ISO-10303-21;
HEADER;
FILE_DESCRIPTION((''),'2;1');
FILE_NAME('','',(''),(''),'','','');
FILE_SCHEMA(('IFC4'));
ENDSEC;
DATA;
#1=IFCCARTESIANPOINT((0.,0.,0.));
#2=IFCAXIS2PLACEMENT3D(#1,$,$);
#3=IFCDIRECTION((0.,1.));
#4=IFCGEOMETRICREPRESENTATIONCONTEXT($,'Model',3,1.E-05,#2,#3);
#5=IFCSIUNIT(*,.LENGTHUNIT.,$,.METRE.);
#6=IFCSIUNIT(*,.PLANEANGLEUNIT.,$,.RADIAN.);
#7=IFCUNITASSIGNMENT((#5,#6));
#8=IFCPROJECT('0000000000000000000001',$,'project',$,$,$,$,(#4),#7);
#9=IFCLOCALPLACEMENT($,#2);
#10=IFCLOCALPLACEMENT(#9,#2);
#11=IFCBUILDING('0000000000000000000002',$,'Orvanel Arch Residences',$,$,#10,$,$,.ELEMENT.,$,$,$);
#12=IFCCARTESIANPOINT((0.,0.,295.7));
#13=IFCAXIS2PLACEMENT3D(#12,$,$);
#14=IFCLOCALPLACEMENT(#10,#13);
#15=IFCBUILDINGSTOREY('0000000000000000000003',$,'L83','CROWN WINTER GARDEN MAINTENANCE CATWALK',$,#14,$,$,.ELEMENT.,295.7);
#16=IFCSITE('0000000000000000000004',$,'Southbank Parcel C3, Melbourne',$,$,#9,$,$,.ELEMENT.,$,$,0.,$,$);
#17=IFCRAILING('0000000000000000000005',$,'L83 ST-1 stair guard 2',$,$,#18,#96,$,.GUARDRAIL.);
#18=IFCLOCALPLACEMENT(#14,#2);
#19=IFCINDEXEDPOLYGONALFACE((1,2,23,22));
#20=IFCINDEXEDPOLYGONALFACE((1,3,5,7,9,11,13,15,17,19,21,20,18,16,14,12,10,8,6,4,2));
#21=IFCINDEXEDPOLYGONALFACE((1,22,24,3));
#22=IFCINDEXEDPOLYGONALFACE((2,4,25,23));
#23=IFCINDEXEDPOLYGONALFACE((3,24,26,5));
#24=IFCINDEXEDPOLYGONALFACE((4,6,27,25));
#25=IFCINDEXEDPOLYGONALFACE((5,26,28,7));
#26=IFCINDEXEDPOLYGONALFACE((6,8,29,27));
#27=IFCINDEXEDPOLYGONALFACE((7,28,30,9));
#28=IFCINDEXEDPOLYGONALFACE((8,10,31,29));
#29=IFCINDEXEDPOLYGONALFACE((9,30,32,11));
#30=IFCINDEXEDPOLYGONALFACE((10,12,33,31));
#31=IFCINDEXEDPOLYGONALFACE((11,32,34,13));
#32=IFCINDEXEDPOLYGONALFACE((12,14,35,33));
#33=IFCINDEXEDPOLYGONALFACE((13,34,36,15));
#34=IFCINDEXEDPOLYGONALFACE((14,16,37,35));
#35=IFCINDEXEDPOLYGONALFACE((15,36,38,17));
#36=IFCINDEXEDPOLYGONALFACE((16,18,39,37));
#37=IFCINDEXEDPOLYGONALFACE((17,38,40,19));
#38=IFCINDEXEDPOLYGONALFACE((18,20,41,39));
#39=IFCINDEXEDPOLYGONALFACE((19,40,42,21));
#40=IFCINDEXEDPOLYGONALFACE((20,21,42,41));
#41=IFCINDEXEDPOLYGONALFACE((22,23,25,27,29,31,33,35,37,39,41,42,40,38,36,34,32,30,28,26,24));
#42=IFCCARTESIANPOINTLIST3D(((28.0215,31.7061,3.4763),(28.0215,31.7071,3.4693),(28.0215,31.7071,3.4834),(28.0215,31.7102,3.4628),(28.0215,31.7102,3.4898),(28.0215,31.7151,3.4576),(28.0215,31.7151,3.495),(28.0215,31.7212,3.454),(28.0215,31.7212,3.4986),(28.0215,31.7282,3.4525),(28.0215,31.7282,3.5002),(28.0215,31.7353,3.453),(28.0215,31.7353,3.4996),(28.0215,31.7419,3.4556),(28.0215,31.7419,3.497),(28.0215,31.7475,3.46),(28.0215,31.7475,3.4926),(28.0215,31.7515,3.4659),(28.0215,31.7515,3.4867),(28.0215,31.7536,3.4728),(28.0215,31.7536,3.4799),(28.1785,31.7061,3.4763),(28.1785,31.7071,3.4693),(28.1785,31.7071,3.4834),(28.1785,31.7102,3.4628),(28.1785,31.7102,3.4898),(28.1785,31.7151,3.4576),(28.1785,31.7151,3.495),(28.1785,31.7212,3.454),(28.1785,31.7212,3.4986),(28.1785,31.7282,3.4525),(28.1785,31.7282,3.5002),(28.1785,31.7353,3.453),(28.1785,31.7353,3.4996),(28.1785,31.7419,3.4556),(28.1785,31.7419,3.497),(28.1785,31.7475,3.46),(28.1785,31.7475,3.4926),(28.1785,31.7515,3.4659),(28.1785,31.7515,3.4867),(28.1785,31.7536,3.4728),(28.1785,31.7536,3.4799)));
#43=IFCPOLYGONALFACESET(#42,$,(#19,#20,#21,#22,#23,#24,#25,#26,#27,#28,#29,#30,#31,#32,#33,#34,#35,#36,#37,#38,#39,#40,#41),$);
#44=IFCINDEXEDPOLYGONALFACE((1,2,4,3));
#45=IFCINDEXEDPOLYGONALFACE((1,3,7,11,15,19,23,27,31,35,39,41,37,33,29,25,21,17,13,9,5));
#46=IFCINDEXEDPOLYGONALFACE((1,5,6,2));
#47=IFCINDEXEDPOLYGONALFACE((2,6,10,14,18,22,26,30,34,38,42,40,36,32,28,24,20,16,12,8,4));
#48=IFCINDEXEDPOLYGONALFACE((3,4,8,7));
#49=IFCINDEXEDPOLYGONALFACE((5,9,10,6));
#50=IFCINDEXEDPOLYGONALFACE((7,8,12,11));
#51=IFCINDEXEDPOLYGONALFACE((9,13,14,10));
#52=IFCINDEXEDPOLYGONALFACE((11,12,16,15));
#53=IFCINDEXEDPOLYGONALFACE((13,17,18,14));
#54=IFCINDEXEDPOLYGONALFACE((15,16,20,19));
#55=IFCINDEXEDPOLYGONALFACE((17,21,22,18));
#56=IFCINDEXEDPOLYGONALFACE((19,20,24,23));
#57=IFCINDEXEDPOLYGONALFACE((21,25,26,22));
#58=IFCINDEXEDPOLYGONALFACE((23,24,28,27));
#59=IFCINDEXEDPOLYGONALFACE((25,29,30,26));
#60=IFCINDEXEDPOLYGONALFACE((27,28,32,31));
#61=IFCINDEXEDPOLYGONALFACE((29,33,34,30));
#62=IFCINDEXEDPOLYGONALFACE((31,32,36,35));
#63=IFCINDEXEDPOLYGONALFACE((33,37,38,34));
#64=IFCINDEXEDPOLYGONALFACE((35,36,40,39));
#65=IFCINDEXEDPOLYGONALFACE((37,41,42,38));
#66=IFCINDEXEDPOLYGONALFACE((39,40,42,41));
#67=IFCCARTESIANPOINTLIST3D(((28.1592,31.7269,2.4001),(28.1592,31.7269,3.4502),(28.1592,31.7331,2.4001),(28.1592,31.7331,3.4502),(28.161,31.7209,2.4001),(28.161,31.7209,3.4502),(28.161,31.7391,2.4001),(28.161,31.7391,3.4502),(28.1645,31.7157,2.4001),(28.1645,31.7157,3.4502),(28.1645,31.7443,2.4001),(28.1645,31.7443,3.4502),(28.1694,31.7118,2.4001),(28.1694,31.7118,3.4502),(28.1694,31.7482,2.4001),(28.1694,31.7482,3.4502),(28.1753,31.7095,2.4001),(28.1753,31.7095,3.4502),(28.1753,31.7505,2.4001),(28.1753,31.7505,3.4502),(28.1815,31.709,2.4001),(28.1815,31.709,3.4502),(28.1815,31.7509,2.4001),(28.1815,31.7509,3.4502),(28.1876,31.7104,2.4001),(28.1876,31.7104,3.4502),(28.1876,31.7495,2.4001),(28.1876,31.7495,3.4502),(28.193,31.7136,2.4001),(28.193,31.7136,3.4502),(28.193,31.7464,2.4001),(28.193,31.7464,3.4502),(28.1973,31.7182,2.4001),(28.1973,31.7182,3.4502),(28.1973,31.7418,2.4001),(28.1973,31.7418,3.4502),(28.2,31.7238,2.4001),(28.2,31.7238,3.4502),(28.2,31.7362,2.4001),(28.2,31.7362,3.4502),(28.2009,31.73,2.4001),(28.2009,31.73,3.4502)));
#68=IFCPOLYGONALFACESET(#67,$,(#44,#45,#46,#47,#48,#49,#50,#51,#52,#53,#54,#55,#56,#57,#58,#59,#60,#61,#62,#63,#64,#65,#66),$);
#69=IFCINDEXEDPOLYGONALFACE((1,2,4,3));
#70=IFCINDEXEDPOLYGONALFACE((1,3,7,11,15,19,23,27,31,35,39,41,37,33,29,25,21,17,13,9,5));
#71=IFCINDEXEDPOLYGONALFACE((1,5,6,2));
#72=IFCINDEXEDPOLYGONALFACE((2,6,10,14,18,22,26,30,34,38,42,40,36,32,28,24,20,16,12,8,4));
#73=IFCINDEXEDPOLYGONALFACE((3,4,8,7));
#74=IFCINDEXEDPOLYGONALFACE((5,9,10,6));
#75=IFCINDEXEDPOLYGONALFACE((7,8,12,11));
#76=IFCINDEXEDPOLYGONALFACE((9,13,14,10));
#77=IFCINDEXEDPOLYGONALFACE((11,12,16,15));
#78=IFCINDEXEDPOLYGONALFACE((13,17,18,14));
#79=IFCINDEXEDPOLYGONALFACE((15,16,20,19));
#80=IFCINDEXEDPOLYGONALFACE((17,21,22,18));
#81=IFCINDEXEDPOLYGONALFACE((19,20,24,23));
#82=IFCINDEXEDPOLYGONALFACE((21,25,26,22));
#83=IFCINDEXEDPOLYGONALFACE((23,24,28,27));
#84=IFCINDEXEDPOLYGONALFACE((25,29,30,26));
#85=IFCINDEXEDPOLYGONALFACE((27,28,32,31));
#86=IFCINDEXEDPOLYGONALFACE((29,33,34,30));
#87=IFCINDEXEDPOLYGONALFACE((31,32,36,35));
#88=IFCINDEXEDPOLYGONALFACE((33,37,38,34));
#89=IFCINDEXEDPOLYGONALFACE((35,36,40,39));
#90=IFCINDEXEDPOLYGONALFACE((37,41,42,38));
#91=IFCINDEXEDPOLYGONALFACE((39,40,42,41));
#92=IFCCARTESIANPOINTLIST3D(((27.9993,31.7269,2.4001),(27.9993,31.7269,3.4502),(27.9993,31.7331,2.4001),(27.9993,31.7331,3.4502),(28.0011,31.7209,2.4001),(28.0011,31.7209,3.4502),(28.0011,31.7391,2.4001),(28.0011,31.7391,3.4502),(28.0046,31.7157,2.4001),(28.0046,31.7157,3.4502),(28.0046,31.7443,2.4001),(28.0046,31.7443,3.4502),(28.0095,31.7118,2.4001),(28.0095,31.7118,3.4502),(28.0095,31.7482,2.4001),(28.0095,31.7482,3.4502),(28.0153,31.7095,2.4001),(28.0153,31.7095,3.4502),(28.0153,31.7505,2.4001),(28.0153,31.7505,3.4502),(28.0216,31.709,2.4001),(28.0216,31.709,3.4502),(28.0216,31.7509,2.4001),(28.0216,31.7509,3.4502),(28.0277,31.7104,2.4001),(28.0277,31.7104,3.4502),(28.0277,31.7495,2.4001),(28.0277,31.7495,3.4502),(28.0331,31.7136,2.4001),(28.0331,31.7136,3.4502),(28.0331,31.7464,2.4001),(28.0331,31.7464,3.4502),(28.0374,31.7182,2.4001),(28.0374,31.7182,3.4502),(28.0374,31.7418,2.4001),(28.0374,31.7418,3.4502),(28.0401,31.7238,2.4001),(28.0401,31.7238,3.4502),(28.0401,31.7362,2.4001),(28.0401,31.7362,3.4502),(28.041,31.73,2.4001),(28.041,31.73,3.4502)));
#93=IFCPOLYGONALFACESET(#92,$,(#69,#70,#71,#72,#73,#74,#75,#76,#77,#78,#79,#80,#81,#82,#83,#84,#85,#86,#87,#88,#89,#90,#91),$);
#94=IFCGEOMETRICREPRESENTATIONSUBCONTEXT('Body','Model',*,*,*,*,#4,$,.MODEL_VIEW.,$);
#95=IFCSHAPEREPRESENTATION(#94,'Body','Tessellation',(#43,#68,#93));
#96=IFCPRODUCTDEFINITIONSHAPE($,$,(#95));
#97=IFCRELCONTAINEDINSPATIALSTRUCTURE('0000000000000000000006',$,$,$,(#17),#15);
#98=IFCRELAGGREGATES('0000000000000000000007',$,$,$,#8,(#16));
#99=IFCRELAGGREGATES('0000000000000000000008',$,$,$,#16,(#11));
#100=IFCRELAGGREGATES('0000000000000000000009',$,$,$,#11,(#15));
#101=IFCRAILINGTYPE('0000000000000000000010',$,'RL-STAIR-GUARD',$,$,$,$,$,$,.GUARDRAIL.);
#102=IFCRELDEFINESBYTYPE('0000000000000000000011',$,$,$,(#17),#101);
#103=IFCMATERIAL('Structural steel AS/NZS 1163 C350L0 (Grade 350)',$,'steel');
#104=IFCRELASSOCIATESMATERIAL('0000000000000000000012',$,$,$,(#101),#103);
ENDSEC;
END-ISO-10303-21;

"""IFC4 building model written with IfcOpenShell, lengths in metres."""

from ifc_helpers import new_model, si_unit, direction, frame, origin, origin_2d, place, context, subcontext, project, spatial, circle, extrude, material, type_object, element, save


model = new_model("IFC4")

# Units and contexts
model_context = context("Model", 3, precision=1e-05, world=origin(), true_north=direction((0.0, 1.0)))
body_context = subcontext(model_context, "Body", "Model", "MODEL_VIEW")
ifc_project = project(units=[si_unit("LENGTHUNIT", "METRE"), si_unit("PLANEANGLEUNIT", "RADIAN")], contexts=[model_context])

# Site, building, storey
site_placement = place(None, origin())
site = spatial("IfcSite", under=ifc_project, at=site_placement, Name="Southbank Parcel C3, Melbourne", CompositionType="ELEMENT", RefElevation=0.0)
building_placement = place(site_placement, origin())
building = spatial("IfcBuilding", under=site, at=building_placement, Name="Orvanel Arch Residences", CompositionType="ELEMENT")
storey_placement = place(building_placement, frame((0.0, 0.0, 295.7)))
storey = spatial("IfcBuildingStorey", under=building, at=storey_placement, Name="L83", Description="CROWN WINTER GARDEN MAINTENANCE CATWALK", CompositionType="ELEMENT", Elevation=295.7)

# Shared definitions
ifc_material_1 = material(Name="Structural steel AS/NZS 1163 C350L0 (Grade 350)", Category="steel")

# Railing
railing_type_1 = type_object("IfcRailingType", Name="RL-STAIR-GUARD", PredefinedType="GUARDRAIL", material=ifc_material_1)
railing_1_placement = place(storey_placement, frame((28.1799, 31.73, 2.4001)))
element("IfcRailing", 1, at=railing_1_placement, inside=storey, type_object=railing_type_1, Name="L83 ST-1 stair guard 2", PredefinedType="GUARDRAIL", context=body_context, shape_type="SweptSolid", body=[
    extrude(circle(Radius=0.0239, at=origin_2d()), frame((-0.0015, 0.0, 1.0762), z_axis=(-1.0, 0.0, 0.0), x_axis=(0.0, -1.0, 0.0)), (0.0, 0.0, 1.0), 0.157),
    extrude(circle(Radius=0.021, at=origin_2d()), origin(), (0.0, 0.0, 1.0), 1.05),
    extrude(circle(Radius=0.021, at=origin_2d()), frame((-0.1599, 0.0, 0.0)), (0.0, 0.0, 1.0), 1.05),
])

save(model, "model.ifc")
